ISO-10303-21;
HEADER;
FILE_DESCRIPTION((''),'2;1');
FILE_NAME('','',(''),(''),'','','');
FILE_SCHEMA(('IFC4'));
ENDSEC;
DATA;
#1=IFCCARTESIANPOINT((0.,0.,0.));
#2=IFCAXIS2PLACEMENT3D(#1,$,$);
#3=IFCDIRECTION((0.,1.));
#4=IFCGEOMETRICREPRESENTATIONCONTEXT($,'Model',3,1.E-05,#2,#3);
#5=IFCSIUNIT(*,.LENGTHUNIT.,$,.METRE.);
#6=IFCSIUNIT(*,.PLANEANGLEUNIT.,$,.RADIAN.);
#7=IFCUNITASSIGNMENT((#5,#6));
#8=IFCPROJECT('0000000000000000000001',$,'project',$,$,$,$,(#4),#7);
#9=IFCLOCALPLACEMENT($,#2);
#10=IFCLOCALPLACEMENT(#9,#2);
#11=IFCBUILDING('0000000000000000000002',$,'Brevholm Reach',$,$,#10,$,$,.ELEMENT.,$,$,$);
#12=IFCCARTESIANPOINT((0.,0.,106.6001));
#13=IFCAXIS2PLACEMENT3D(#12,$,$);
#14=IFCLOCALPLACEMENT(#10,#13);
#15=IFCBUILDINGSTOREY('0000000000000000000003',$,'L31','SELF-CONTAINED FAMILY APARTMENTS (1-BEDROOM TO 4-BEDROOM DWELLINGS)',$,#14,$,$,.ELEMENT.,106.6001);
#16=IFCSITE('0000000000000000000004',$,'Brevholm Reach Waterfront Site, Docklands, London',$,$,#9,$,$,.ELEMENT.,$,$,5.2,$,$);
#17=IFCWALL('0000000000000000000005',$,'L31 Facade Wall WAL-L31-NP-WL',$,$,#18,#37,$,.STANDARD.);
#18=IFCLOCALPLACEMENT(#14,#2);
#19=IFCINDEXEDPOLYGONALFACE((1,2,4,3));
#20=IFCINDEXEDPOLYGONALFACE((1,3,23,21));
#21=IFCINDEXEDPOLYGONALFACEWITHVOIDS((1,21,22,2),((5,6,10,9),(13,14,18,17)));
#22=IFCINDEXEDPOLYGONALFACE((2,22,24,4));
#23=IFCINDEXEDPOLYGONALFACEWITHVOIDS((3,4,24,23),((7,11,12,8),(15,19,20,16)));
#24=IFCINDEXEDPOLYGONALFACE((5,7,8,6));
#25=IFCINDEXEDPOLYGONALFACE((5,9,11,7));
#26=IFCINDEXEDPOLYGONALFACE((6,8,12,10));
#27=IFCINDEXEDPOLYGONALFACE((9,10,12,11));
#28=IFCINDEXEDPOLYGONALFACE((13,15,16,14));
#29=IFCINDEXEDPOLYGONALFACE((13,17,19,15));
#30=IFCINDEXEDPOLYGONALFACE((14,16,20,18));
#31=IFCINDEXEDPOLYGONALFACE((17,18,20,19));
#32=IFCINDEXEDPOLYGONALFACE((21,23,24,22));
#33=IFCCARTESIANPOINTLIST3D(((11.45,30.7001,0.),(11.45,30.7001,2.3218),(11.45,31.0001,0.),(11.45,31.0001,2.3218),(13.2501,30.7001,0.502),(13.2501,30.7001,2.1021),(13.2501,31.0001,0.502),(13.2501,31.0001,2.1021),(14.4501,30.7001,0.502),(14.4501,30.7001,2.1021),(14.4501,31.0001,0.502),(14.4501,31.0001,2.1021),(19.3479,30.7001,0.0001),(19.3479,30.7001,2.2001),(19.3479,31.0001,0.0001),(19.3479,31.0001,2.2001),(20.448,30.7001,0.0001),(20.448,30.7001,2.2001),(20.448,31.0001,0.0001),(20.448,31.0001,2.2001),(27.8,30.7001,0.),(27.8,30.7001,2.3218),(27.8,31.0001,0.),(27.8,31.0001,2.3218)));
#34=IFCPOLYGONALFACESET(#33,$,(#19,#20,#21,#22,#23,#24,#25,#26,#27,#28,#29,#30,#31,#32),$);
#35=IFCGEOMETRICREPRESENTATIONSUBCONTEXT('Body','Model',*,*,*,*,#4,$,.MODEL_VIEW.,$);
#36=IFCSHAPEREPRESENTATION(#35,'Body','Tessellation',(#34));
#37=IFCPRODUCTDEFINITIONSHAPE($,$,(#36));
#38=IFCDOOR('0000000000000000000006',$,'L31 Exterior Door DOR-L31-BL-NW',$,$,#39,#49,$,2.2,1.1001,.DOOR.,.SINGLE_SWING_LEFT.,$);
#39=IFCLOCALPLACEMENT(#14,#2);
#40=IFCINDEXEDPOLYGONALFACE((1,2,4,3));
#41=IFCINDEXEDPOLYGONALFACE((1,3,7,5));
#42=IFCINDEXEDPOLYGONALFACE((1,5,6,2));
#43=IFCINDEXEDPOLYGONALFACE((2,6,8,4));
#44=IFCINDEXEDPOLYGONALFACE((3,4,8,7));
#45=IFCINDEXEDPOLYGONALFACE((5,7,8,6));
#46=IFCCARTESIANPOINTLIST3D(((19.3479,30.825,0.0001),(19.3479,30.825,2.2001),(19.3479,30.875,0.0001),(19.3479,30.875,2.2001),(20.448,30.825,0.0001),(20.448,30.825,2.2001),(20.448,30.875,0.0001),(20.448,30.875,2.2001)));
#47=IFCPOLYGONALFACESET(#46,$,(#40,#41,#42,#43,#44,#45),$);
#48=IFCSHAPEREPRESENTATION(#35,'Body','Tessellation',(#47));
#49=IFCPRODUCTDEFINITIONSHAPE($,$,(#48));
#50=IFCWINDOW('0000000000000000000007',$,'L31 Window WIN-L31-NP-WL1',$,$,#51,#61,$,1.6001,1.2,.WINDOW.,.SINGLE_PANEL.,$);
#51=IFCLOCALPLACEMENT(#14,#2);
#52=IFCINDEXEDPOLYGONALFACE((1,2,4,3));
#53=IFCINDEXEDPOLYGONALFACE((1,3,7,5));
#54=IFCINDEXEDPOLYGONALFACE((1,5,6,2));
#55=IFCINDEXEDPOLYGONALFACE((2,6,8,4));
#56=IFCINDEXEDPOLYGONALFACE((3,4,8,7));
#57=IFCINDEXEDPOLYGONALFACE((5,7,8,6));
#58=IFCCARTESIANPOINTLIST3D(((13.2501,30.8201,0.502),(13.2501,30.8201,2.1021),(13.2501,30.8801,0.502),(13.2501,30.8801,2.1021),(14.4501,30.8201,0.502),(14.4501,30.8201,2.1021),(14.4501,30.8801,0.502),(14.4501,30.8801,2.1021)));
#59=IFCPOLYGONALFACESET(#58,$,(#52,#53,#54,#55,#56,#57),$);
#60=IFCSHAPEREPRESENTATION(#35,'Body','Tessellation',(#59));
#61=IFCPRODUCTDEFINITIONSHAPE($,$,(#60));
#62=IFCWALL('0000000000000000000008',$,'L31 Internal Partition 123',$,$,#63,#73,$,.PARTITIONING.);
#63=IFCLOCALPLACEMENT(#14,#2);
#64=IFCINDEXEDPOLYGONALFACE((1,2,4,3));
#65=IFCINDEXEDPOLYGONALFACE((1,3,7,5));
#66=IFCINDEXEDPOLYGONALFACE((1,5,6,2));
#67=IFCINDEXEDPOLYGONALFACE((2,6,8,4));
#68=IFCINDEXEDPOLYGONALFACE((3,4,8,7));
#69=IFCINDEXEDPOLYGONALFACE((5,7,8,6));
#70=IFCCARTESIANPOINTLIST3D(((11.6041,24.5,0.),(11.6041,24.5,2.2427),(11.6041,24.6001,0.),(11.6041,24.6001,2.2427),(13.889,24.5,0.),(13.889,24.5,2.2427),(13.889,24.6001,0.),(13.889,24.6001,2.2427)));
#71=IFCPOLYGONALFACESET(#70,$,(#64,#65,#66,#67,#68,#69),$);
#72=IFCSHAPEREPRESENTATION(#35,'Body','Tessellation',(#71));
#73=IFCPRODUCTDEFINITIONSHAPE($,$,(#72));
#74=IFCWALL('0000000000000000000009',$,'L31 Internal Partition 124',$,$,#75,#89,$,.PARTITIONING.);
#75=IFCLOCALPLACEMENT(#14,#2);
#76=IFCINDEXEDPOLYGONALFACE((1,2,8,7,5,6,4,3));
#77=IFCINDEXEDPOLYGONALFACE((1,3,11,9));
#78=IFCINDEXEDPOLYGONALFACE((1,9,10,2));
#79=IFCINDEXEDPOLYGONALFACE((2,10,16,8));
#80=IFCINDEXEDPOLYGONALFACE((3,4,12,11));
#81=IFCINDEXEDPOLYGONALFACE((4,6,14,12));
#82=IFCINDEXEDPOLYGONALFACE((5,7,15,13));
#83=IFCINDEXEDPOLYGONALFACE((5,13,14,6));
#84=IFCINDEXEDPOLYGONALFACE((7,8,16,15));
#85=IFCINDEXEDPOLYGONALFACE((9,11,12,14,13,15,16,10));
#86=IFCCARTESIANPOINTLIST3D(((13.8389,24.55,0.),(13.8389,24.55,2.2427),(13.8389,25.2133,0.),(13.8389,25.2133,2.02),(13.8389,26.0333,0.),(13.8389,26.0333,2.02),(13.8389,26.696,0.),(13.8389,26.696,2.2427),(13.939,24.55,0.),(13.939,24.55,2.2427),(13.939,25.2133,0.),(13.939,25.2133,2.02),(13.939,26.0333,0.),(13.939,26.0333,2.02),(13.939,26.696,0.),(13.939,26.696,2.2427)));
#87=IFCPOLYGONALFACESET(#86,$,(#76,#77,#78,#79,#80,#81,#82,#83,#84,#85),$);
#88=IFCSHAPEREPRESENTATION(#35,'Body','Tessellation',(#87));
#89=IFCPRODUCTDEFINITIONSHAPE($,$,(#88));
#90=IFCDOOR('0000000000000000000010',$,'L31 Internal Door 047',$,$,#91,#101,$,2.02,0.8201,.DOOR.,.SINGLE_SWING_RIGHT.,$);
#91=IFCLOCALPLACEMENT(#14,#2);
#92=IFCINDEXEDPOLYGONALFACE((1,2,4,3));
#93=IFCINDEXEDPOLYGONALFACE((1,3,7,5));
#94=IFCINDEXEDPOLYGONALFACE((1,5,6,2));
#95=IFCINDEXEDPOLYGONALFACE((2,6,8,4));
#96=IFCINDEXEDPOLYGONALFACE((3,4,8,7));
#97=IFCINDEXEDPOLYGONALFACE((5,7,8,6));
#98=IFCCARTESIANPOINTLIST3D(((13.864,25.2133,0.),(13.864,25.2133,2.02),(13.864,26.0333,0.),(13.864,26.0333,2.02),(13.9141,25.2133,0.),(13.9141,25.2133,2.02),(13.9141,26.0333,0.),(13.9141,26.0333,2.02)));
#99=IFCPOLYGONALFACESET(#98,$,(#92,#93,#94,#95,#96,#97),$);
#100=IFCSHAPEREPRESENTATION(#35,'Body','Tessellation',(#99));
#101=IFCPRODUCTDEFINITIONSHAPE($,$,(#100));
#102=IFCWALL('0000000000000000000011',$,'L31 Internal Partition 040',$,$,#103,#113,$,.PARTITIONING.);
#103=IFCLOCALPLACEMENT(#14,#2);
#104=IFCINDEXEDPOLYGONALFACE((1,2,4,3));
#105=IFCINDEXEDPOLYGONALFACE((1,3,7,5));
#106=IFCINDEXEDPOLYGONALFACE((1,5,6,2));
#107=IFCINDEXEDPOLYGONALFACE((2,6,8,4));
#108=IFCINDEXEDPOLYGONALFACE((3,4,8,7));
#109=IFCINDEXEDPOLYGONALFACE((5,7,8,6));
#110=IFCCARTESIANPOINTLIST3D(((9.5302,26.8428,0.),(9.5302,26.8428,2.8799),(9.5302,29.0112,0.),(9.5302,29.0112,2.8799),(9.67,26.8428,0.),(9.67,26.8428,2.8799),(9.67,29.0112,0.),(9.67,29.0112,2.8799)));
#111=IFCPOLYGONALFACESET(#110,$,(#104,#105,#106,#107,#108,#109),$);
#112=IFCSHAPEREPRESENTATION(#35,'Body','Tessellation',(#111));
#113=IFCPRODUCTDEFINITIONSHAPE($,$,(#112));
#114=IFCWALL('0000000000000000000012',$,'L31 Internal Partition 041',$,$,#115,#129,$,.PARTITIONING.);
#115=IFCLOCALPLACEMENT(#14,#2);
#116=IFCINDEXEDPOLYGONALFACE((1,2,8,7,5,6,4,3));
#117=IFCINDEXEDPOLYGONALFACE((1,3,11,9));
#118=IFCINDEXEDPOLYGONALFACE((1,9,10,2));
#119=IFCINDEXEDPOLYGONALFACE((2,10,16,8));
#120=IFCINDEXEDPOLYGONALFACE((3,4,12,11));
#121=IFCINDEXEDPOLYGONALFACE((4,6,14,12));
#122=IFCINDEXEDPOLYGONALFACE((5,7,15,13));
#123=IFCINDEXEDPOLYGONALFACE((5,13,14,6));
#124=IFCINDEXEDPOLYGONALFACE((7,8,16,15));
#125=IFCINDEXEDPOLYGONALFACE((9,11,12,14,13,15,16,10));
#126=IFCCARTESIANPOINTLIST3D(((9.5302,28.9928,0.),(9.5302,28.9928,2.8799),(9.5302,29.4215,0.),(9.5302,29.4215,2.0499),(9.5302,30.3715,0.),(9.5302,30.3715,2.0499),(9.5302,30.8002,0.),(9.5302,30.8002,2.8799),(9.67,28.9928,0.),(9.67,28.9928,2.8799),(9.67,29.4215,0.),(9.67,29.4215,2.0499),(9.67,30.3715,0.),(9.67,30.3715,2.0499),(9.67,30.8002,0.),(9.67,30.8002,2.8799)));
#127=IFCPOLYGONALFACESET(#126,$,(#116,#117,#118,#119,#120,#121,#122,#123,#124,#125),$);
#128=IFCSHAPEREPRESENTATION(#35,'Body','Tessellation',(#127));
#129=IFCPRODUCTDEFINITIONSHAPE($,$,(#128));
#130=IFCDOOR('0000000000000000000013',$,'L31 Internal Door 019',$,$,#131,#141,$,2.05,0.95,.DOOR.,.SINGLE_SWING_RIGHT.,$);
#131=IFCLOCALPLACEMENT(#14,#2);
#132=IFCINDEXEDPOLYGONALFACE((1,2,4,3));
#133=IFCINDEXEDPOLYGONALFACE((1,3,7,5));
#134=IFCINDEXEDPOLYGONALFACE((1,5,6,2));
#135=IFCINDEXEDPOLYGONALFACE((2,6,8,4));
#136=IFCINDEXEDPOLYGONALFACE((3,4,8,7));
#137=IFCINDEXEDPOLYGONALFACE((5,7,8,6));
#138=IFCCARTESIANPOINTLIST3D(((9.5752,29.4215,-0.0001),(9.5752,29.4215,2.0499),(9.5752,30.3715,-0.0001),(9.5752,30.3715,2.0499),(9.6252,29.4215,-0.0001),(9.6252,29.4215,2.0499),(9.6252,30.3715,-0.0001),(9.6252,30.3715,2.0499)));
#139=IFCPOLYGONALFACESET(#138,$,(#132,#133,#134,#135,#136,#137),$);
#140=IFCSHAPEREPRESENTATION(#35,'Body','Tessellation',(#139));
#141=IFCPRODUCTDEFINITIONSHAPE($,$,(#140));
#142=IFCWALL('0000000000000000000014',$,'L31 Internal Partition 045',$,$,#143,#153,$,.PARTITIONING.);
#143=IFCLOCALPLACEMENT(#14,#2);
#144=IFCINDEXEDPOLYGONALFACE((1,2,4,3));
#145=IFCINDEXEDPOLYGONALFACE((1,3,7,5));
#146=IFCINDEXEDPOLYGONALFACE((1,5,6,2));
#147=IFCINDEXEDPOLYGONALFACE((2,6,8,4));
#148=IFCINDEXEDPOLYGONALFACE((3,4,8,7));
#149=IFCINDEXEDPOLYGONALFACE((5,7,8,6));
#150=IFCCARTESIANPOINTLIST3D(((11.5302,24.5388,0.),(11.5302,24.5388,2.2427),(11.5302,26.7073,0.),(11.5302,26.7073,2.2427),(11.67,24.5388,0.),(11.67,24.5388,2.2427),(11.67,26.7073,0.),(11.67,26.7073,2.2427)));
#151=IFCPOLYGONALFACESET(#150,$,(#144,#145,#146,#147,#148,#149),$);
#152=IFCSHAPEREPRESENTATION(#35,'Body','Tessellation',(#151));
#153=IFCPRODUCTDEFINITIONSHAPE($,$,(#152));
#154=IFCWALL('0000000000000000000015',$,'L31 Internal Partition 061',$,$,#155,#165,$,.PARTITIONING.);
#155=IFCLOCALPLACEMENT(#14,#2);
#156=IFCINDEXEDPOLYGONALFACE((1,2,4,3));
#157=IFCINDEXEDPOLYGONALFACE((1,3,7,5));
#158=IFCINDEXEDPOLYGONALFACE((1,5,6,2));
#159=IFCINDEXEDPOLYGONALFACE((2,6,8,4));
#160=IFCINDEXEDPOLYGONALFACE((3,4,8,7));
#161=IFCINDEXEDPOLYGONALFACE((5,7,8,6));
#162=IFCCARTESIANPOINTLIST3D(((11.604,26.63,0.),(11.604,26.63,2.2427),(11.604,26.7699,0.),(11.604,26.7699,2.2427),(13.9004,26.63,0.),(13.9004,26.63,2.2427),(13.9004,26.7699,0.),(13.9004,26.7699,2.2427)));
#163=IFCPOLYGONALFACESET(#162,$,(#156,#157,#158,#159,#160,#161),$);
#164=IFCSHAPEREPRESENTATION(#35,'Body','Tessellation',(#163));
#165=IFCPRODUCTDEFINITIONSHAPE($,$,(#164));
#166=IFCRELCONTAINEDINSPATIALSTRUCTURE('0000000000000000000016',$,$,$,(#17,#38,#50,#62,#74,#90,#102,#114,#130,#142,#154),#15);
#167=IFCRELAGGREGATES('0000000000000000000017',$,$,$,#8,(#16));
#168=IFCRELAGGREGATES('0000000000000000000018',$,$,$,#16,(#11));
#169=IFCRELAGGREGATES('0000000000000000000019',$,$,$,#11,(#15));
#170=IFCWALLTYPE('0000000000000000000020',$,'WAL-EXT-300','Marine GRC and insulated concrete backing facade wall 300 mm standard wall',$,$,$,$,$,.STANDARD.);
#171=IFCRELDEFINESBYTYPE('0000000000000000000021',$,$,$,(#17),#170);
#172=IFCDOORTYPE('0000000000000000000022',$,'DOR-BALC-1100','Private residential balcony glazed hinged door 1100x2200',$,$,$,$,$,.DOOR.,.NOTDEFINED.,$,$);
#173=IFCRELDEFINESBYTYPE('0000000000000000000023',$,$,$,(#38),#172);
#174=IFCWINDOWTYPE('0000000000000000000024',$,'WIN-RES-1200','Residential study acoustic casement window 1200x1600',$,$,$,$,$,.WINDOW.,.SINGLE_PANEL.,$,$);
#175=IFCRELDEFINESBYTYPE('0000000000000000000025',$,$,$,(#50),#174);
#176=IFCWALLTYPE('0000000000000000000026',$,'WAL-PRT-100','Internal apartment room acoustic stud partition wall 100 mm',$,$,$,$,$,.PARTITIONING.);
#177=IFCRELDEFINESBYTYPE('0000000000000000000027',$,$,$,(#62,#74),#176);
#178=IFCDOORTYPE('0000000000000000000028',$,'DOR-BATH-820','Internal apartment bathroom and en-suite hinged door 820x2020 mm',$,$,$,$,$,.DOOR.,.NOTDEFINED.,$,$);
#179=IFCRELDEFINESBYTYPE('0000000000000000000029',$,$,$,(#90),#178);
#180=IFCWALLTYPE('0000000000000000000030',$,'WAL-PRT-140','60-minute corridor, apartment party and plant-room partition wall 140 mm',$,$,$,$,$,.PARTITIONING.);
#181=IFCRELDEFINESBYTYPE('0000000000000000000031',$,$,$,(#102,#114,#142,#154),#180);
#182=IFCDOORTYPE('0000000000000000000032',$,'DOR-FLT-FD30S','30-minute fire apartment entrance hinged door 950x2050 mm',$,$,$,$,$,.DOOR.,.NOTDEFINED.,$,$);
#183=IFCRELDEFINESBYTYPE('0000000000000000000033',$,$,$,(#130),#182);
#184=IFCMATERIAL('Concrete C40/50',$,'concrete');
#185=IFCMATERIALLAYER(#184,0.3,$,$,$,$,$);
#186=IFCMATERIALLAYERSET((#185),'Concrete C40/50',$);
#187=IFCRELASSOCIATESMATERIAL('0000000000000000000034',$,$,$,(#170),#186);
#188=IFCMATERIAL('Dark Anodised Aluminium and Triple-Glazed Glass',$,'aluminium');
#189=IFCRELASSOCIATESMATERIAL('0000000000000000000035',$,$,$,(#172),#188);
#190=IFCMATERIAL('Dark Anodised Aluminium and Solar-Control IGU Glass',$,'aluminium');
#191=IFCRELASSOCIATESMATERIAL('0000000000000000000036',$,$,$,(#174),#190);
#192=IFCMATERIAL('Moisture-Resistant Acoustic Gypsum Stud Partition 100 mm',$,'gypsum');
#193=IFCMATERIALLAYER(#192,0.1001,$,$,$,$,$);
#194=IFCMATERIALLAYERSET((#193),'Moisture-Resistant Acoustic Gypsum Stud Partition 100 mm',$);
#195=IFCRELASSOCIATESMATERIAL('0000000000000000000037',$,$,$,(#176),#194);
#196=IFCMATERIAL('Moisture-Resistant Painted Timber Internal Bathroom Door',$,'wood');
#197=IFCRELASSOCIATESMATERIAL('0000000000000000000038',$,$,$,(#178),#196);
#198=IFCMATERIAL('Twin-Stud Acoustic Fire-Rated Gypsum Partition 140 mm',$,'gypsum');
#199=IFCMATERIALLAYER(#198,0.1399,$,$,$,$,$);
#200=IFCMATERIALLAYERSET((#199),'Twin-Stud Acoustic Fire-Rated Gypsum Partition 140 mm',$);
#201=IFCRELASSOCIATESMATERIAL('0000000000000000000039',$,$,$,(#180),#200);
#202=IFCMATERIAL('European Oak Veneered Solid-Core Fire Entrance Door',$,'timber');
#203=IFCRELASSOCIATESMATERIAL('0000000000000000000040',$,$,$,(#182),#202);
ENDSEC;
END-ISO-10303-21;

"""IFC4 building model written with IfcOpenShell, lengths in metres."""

from ifc_helpers import new_model, si_unit, direction, frame, frame_2d, origin, place, context, subcontext, project, spatial, rectangle, extrude, material, layer, layer_set, type_object, element, fill, save


model = new_model("IFC4")

# Units and contexts
model_context = context("Model", 3, precision=1e-05, world=origin(), true_north=direction((0.0, 1.0)))
body_context = subcontext(model_context, "Body", "Model", "MODEL_VIEW")
ifc_project = project(units=[si_unit("LENGTHUNIT", "METRE"), si_unit("PLANEANGLEUNIT", "RADIAN")], contexts=[model_context])

# Site, building, storey
site_placement = place(None, origin())
site = spatial("IfcSite", under=ifc_project, at=site_placement, Name="Brevholm Reach Waterfront Site, Docklands, London", CompositionType="ELEMENT", RefElevation=5.2)
building_placement = place(site_placement, origin())
building = spatial("IfcBuilding", under=site, at=building_placement, Name="Brevholm Reach", CompositionType="ELEMENT")
storey_placement = place(building_placement, frame((0.0, 0.0, 106.6001)))
storey = spatial("IfcBuildingStorey", under=building, at=storey_placement, Name="L31", Description="SELF-CONTAINED FAMILY APARTMENTS (1-BEDROOM TO 4-BEDROOM DWELLINGS)", CompositionType="ELEMENT", Elevation=106.6001)

# Wall, openings, door, window
ifc_material_1 = material(Name="Concrete C40/50", Category="concrete")
ifc_layer_1 = layer(ifc_material_1, 0.3)
ifc_layer_set_1 = layer_set([ifc_layer_1], Name="Concrete C40/50")
wall_type_1 = type_object("IfcWallType", Name="WAL-EXT-300", Description="Marine GRC and insulated concrete backing facade wall 300 mm standard wall", PredefinedType="STANDARD", material=ifc_layer_set_1)
wall_1_placement = place(storey_placement, frame((11.45, 30.8501, 0.0), z_axis=(0.0, 0.0, 1.0), x_axis=(1.0, 0.0, 0.0)))
wall_1 = element("IfcWall", 1, at=wall_1_placement, inside=storey, type_object=wall_type_1, Name="L31 Facade Wall WAL-L31-NP-WL", PredefinedType="STANDARD", context=body_context, shape_type="SweptSolid", body=[
    extrude(rectangle(XDim=16.3501, YDim=0.3, at=frame_2d((8.175, 0.0))), origin(), (0.0, 0.0, 1.0), 2.3218),
])
opening_1_placement = place(wall_1_placement, frame((7.8979, 0.0, 0.0)))
opening_1 = element("IfcOpeningElement", 2, at=opening_1_placement, cuts=wall_1, PredefinedType="OPENING", context=body_context, shape_type="SweptSolid", body=[
    extrude(rectangle(XDim=1.1001, YDim=2.2, at=frame_2d((0.55, 1.1001))), frame((0.0, 0.1599, 0.0), z_axis=(0.0, -1.0, 0.0), x_axis=(1.0, 0.0, 0.0)), (0.0, 0.0, 1.0), 0.3201),
])
opening_2_placement = place(wall_1_placement, frame((1.8, 0.0, 0.502)))
opening_2 = element("IfcOpeningElement", 3, at=opening_2_placement, cuts=wall_1, PredefinedType="OPENING", context=body_context, shape_type="SweptSolid", body=[
    extrude(rectangle(XDim=1.2, YDim=1.6001, at=frame_2d((0.6001, 0.8))), frame((0.0, 0.1599, 0.0), z_axis=(0.0, -1.0, 0.0), x_axis=(1.0, 0.0, 0.0)), (0.0, 0.0, 1.0), 0.3201),
])
ifc_material_2 = material(Name="Dark Anodised Aluminium and Triple-Glazed Glass", Category="aluminium")
door_type_1 = type_object("IfcDoorType", Name="DOR-BALC-1100", Description="Private residential balcony glazed hinged door 1100x2200", OperationType="NOTDEFINED", PredefinedType="DOOR", material=ifc_material_2)
door_1_placement = place(opening_1_placement, origin())
door_1 = element("IfcDoor", 4, at=door_1_placement, inside=storey, type_object=door_type_1, Name="L31 Exterior Door DOR-L31-BL-NW", OperationType="SINGLE_SWING_LEFT", OverallHeight=2.2, OverallWidth=1.1001, PredefinedType="DOOR", context=body_context, shape_type="SweptSolid", body=[
    extrude(rectangle(XDim=1.1001, YDim=2.2, at=frame_2d((0.55, 1.1001))), frame((0.0, 0.0249, 0.0), z_axis=(0.0, -1.0, 0.0), x_axis=(1.0, 0.0, 0.0)), (0.0, 0.0, 1.0), 0.05),
])
fill(opening_1, door_1)
ifc_material_3 = material(Name="Dark Anodised Aluminium and Solar-Control IGU Glass", Category="aluminium")
window_type = type_object("IfcWindowType", Name="WIN-RES-1200", Description="Residential study acoustic casement window 1200x1600", PartitioningType="SINGLE_PANEL", PredefinedType="WINDOW", material=ifc_material_3)
window_placement = place(opening_2_placement, origin())
window = element("IfcWindow", 5, at=window_placement, inside=storey, type_object=window_type, Name="L31 Window WIN-L31-NP-WL1", OverallHeight=1.6001, OverallWidth=1.2, PartitioningType="SINGLE_PANEL", PredefinedType="WINDOW", context=body_context, shape_type="SweptSolid", body=[
    extrude(rectangle(XDim=1.2, YDim=1.6001, at=frame_2d((0.6001, 0.8))), frame((0.0, 0.03, 0.0), z_axis=(0.0, -1.0, 0.0), x_axis=(1.0, 0.0, 0.0)), (0.0, 0.0, 1.0), 0.0601),
])
fill(opening_2, window)

# Wall
ifc_material_4 = material(Name="Moisture-Resistant Acoustic Gypsum Stud Partition 100 mm", Category="gypsum")
ifc_layer_2 = layer(ifc_material_4, 0.1001)
ifc_layer_set_2 = layer_set([ifc_layer_2], Name="Moisture-Resistant Acoustic Gypsum Stud Partition 100 mm")
wall_type_2 = type_object("IfcWallType", Name="WAL-PRT-100", Description="Internal apartment room acoustic stud partition wall 100 mm", PredefinedType="PARTITIONING", material=ifc_layer_set_2)
wall_2_placement = place(storey_placement, frame((11.604, 24.55, 0.0), z_axis=(0.0, 0.0, 1.0), x_axis=(1.0, 0.0, 0.0)))
element("IfcWall", 6, at=wall_2_placement, inside=storey, type_object=wall_type_2, Name="L31 Internal Partition 123", PredefinedType="PARTITIONING", context=body_context, shape_type="SweptSolid", body=[
    extrude(rectangle(XDim=2.2849, YDim=0.1001, at=frame_2d((1.1426, 0.0))), origin(), (0.0, 0.0, 1.0), 2.2427),
])

# Wall, opening, door
wall_3_placement = place(storey_placement, frame((13.8889, 24.55, 0.0), z_axis=(0.0, 0.0, 1.0), x_axis=(0.0, 1.0, 0.0)))
wall_3 = element("IfcWall", 7, at=wall_3_placement, inside=storey, type_object=wall_type_2, Name="L31 Internal Partition 124", PredefinedType="PARTITIONING", context=body_context, shape_type="SweptSolid", body=[
    extrude(rectangle(XDim=2.146, YDim=0.1001, at=frame_2d((1.073, 0.0))), origin(), (0.0, 0.0, 1.0), 2.2427),
])
opening_3_placement = place(wall_3_placement, frame((0.6631, 0.0, 0.0)))
opening_3 = element("IfcOpeningElement", 8, at=opening_3_placement, cuts=wall_3, PredefinedType="OPENING", context=body_context, shape_type="SweptSolid", body=[
    extrude(rectangle(XDim=0.8201, YDim=2.02, at=frame_2d((0.4102, 1.01))), frame((0.0, 0.0601, 0.0), z_axis=(0.0, -1.0, 0.0), x_axis=(1.0, 0.0, 0.0)), (0.0, 0.0, 1.0), 0.1201),
])
ifc_material_5 = material(Name="Moisture-Resistant Painted Timber Internal Bathroom Door", Category="wood")
door_type_2 = type_object("IfcDoorType", Name="DOR-BATH-820", Description="Internal apartment bathroom and en-suite hinged door 820x2020 mm", OperationType="NOTDEFINED", PredefinedType="DOOR", material=ifc_material_5)
door_2_placement = place(opening_3_placement, origin())
door_2 = element("IfcDoor", 9, at=door_2_placement, inside=storey, type_object=door_type_2, Name="L31 Internal Door 047", OperationType="SINGLE_SWING_RIGHT", OverallHeight=2.02, OverallWidth=0.8201, PredefinedType="DOOR", context=body_context, shape_type="SweptSolid", body=[
    extrude(rectangle(XDim=0.8201, YDim=2.02, at=frame_2d((0.4102, 1.01))), frame((0.0, 0.0249, 0.0), z_axis=(0.0, -1.0, 0.0), x_axis=(1.0, 0.0, 0.0)), (0.0, 0.0, 1.0), 0.05),
])
fill(opening_3, door_2)

# Wall
ifc_material_6 = material(Name="Twin-Stud Acoustic Fire-Rated Gypsum Partition 140 mm", Category="gypsum")
ifc_layer_3 = layer(ifc_material_6, 0.1399)
ifc_layer_set_3 = layer_set([ifc_layer_3], Name="Twin-Stud Acoustic Fire-Rated Gypsum Partition 140 mm")
wall_type_3 = type_object("IfcWallType", Name="WAL-PRT-140", Description="60-minute corridor, apartment party and plant-room partition wall 140 mm", PredefinedType="PARTITIONING", material=ifc_layer_set_3)
wall_4_placement = place(storey_placement, frame((9.6001, 26.8428, 0.0), z_axis=(0.0, 0.0, 1.0), x_axis=(0.0, 1.0, 0.0)))
element("IfcWall", 10, at=wall_4_placement, inside=storey, type_object=wall_type_3, Name="L31 Internal Partition 040", PredefinedType="PARTITIONING", context=body_context, shape_type="SweptSolid", body=[
    extrude(rectangle(XDim=2.1685, YDim=0.1399, at=frame_2d((1.0842, 0.0))), origin(), (0.0, 0.0, 1.0), 2.8799),
])

# Wall, opening, door
wall_5_placement = place(storey_placement, frame((9.6001, 28.9927, 0.0), z_axis=(0.0, 0.0, 1.0), x_axis=(0.0, 1.0, 0.0)))
wall_5 = element("IfcWall", 11, at=wall_5_placement, inside=storey, type_object=wall_type_3, Name="L31 Internal Partition 041", PredefinedType="PARTITIONING", context=body_context, shape_type="SweptSolid", body=[
    extrude(rectangle(XDim=1.8074, YDim=0.1399, at=frame_2d((0.9038, 0.0))), origin(), (0.0, 0.0, 1.0), 2.8799),
])
opening_4_placement = place(wall_5_placement, frame((0.4287, 0.0, 0.0)))
opening_4 = element("IfcOpeningElement", 12, at=opening_4_placement, cuts=wall_5, PredefinedType="OPENING", context=body_context, shape_type="SweptSolid", body=[
    extrude(rectangle(XDim=0.95, YDim=2.05, at=frame_2d((0.4751, 1.0249))), frame((0.0, 0.0798, 0.0), z_axis=(0.0, -1.0, 0.0), x_axis=(1.0, 0.0, 0.0)), (0.0, 0.0, 1.0), 0.1599),
])
ifc_material_7 = material(Name="European Oak Veneered Solid-Core Fire Entrance Door", Category="timber")
door_type_3 = type_object("IfcDoorType", Name="DOR-FLT-FD30S", Description="30-minute fire apartment entrance hinged door 950x2050 mm", OperationType="NOTDEFINED", PredefinedType="DOOR", material=ifc_material_7)
door_3_placement = place(opening_4_placement, origin())
door_3 = element("IfcDoor", 13, at=door_3_placement, inside=storey, type_object=door_type_3, Name="L31 Internal Door 019", OperationType="SINGLE_SWING_RIGHT", OverallHeight=2.05, OverallWidth=0.95, PredefinedType="DOOR", context=body_context, shape_type="SweptSolid", body=[
    extrude(rectangle(XDim=0.95, YDim=2.05, at=frame_2d((0.4751, 1.0249))), frame((0.0, 0.0249, 0.0), z_axis=(0.0, -1.0, 0.0), x_axis=(1.0, 0.0, 0.0)), (0.0, 0.0, 1.0), 0.05),
])
fill(opening_4, door_3)

# Walls
wall_6_placement = place(storey_placement, frame((11.6001, 24.5388, 0.0), z_axis=(0.0, 0.0, 1.0), x_axis=(0.0, 1.0, 0.0)))
element("IfcWall", 14, at=wall_6_placement, inside=storey, type_object=wall_type_3, Name="L31 Internal Partition 045", PredefinedType="PARTITIONING", context=body_context, shape_type="SweptSolid", body=[
    extrude(rectangle(XDim=2.1685, YDim=0.1399, at=frame_2d((1.0842, 0.0))), origin(), (0.0, 0.0, 1.0), 2.2427),
])
wall_7_placement = place(storey_placement, frame((11.604, 26.7, 0.0), z_axis=(0.0, 0.0, 1.0), x_axis=(1.0, 0.0, 0.0)))
element("IfcWall", 15, at=wall_7_placement, inside=storey, type_object=wall_type_3, Name="L31 Internal Partition 061", PredefinedType="PARTITIONING", context=body_context, shape_type="SweptSolid", body=[
    extrude(rectangle(XDim=2.2964, YDim=0.1399, at=frame_2d((1.1482, 0.0))), origin(), (0.0, 0.0, 1.0), 2.2427),
])

save(model, "model.ifc")
